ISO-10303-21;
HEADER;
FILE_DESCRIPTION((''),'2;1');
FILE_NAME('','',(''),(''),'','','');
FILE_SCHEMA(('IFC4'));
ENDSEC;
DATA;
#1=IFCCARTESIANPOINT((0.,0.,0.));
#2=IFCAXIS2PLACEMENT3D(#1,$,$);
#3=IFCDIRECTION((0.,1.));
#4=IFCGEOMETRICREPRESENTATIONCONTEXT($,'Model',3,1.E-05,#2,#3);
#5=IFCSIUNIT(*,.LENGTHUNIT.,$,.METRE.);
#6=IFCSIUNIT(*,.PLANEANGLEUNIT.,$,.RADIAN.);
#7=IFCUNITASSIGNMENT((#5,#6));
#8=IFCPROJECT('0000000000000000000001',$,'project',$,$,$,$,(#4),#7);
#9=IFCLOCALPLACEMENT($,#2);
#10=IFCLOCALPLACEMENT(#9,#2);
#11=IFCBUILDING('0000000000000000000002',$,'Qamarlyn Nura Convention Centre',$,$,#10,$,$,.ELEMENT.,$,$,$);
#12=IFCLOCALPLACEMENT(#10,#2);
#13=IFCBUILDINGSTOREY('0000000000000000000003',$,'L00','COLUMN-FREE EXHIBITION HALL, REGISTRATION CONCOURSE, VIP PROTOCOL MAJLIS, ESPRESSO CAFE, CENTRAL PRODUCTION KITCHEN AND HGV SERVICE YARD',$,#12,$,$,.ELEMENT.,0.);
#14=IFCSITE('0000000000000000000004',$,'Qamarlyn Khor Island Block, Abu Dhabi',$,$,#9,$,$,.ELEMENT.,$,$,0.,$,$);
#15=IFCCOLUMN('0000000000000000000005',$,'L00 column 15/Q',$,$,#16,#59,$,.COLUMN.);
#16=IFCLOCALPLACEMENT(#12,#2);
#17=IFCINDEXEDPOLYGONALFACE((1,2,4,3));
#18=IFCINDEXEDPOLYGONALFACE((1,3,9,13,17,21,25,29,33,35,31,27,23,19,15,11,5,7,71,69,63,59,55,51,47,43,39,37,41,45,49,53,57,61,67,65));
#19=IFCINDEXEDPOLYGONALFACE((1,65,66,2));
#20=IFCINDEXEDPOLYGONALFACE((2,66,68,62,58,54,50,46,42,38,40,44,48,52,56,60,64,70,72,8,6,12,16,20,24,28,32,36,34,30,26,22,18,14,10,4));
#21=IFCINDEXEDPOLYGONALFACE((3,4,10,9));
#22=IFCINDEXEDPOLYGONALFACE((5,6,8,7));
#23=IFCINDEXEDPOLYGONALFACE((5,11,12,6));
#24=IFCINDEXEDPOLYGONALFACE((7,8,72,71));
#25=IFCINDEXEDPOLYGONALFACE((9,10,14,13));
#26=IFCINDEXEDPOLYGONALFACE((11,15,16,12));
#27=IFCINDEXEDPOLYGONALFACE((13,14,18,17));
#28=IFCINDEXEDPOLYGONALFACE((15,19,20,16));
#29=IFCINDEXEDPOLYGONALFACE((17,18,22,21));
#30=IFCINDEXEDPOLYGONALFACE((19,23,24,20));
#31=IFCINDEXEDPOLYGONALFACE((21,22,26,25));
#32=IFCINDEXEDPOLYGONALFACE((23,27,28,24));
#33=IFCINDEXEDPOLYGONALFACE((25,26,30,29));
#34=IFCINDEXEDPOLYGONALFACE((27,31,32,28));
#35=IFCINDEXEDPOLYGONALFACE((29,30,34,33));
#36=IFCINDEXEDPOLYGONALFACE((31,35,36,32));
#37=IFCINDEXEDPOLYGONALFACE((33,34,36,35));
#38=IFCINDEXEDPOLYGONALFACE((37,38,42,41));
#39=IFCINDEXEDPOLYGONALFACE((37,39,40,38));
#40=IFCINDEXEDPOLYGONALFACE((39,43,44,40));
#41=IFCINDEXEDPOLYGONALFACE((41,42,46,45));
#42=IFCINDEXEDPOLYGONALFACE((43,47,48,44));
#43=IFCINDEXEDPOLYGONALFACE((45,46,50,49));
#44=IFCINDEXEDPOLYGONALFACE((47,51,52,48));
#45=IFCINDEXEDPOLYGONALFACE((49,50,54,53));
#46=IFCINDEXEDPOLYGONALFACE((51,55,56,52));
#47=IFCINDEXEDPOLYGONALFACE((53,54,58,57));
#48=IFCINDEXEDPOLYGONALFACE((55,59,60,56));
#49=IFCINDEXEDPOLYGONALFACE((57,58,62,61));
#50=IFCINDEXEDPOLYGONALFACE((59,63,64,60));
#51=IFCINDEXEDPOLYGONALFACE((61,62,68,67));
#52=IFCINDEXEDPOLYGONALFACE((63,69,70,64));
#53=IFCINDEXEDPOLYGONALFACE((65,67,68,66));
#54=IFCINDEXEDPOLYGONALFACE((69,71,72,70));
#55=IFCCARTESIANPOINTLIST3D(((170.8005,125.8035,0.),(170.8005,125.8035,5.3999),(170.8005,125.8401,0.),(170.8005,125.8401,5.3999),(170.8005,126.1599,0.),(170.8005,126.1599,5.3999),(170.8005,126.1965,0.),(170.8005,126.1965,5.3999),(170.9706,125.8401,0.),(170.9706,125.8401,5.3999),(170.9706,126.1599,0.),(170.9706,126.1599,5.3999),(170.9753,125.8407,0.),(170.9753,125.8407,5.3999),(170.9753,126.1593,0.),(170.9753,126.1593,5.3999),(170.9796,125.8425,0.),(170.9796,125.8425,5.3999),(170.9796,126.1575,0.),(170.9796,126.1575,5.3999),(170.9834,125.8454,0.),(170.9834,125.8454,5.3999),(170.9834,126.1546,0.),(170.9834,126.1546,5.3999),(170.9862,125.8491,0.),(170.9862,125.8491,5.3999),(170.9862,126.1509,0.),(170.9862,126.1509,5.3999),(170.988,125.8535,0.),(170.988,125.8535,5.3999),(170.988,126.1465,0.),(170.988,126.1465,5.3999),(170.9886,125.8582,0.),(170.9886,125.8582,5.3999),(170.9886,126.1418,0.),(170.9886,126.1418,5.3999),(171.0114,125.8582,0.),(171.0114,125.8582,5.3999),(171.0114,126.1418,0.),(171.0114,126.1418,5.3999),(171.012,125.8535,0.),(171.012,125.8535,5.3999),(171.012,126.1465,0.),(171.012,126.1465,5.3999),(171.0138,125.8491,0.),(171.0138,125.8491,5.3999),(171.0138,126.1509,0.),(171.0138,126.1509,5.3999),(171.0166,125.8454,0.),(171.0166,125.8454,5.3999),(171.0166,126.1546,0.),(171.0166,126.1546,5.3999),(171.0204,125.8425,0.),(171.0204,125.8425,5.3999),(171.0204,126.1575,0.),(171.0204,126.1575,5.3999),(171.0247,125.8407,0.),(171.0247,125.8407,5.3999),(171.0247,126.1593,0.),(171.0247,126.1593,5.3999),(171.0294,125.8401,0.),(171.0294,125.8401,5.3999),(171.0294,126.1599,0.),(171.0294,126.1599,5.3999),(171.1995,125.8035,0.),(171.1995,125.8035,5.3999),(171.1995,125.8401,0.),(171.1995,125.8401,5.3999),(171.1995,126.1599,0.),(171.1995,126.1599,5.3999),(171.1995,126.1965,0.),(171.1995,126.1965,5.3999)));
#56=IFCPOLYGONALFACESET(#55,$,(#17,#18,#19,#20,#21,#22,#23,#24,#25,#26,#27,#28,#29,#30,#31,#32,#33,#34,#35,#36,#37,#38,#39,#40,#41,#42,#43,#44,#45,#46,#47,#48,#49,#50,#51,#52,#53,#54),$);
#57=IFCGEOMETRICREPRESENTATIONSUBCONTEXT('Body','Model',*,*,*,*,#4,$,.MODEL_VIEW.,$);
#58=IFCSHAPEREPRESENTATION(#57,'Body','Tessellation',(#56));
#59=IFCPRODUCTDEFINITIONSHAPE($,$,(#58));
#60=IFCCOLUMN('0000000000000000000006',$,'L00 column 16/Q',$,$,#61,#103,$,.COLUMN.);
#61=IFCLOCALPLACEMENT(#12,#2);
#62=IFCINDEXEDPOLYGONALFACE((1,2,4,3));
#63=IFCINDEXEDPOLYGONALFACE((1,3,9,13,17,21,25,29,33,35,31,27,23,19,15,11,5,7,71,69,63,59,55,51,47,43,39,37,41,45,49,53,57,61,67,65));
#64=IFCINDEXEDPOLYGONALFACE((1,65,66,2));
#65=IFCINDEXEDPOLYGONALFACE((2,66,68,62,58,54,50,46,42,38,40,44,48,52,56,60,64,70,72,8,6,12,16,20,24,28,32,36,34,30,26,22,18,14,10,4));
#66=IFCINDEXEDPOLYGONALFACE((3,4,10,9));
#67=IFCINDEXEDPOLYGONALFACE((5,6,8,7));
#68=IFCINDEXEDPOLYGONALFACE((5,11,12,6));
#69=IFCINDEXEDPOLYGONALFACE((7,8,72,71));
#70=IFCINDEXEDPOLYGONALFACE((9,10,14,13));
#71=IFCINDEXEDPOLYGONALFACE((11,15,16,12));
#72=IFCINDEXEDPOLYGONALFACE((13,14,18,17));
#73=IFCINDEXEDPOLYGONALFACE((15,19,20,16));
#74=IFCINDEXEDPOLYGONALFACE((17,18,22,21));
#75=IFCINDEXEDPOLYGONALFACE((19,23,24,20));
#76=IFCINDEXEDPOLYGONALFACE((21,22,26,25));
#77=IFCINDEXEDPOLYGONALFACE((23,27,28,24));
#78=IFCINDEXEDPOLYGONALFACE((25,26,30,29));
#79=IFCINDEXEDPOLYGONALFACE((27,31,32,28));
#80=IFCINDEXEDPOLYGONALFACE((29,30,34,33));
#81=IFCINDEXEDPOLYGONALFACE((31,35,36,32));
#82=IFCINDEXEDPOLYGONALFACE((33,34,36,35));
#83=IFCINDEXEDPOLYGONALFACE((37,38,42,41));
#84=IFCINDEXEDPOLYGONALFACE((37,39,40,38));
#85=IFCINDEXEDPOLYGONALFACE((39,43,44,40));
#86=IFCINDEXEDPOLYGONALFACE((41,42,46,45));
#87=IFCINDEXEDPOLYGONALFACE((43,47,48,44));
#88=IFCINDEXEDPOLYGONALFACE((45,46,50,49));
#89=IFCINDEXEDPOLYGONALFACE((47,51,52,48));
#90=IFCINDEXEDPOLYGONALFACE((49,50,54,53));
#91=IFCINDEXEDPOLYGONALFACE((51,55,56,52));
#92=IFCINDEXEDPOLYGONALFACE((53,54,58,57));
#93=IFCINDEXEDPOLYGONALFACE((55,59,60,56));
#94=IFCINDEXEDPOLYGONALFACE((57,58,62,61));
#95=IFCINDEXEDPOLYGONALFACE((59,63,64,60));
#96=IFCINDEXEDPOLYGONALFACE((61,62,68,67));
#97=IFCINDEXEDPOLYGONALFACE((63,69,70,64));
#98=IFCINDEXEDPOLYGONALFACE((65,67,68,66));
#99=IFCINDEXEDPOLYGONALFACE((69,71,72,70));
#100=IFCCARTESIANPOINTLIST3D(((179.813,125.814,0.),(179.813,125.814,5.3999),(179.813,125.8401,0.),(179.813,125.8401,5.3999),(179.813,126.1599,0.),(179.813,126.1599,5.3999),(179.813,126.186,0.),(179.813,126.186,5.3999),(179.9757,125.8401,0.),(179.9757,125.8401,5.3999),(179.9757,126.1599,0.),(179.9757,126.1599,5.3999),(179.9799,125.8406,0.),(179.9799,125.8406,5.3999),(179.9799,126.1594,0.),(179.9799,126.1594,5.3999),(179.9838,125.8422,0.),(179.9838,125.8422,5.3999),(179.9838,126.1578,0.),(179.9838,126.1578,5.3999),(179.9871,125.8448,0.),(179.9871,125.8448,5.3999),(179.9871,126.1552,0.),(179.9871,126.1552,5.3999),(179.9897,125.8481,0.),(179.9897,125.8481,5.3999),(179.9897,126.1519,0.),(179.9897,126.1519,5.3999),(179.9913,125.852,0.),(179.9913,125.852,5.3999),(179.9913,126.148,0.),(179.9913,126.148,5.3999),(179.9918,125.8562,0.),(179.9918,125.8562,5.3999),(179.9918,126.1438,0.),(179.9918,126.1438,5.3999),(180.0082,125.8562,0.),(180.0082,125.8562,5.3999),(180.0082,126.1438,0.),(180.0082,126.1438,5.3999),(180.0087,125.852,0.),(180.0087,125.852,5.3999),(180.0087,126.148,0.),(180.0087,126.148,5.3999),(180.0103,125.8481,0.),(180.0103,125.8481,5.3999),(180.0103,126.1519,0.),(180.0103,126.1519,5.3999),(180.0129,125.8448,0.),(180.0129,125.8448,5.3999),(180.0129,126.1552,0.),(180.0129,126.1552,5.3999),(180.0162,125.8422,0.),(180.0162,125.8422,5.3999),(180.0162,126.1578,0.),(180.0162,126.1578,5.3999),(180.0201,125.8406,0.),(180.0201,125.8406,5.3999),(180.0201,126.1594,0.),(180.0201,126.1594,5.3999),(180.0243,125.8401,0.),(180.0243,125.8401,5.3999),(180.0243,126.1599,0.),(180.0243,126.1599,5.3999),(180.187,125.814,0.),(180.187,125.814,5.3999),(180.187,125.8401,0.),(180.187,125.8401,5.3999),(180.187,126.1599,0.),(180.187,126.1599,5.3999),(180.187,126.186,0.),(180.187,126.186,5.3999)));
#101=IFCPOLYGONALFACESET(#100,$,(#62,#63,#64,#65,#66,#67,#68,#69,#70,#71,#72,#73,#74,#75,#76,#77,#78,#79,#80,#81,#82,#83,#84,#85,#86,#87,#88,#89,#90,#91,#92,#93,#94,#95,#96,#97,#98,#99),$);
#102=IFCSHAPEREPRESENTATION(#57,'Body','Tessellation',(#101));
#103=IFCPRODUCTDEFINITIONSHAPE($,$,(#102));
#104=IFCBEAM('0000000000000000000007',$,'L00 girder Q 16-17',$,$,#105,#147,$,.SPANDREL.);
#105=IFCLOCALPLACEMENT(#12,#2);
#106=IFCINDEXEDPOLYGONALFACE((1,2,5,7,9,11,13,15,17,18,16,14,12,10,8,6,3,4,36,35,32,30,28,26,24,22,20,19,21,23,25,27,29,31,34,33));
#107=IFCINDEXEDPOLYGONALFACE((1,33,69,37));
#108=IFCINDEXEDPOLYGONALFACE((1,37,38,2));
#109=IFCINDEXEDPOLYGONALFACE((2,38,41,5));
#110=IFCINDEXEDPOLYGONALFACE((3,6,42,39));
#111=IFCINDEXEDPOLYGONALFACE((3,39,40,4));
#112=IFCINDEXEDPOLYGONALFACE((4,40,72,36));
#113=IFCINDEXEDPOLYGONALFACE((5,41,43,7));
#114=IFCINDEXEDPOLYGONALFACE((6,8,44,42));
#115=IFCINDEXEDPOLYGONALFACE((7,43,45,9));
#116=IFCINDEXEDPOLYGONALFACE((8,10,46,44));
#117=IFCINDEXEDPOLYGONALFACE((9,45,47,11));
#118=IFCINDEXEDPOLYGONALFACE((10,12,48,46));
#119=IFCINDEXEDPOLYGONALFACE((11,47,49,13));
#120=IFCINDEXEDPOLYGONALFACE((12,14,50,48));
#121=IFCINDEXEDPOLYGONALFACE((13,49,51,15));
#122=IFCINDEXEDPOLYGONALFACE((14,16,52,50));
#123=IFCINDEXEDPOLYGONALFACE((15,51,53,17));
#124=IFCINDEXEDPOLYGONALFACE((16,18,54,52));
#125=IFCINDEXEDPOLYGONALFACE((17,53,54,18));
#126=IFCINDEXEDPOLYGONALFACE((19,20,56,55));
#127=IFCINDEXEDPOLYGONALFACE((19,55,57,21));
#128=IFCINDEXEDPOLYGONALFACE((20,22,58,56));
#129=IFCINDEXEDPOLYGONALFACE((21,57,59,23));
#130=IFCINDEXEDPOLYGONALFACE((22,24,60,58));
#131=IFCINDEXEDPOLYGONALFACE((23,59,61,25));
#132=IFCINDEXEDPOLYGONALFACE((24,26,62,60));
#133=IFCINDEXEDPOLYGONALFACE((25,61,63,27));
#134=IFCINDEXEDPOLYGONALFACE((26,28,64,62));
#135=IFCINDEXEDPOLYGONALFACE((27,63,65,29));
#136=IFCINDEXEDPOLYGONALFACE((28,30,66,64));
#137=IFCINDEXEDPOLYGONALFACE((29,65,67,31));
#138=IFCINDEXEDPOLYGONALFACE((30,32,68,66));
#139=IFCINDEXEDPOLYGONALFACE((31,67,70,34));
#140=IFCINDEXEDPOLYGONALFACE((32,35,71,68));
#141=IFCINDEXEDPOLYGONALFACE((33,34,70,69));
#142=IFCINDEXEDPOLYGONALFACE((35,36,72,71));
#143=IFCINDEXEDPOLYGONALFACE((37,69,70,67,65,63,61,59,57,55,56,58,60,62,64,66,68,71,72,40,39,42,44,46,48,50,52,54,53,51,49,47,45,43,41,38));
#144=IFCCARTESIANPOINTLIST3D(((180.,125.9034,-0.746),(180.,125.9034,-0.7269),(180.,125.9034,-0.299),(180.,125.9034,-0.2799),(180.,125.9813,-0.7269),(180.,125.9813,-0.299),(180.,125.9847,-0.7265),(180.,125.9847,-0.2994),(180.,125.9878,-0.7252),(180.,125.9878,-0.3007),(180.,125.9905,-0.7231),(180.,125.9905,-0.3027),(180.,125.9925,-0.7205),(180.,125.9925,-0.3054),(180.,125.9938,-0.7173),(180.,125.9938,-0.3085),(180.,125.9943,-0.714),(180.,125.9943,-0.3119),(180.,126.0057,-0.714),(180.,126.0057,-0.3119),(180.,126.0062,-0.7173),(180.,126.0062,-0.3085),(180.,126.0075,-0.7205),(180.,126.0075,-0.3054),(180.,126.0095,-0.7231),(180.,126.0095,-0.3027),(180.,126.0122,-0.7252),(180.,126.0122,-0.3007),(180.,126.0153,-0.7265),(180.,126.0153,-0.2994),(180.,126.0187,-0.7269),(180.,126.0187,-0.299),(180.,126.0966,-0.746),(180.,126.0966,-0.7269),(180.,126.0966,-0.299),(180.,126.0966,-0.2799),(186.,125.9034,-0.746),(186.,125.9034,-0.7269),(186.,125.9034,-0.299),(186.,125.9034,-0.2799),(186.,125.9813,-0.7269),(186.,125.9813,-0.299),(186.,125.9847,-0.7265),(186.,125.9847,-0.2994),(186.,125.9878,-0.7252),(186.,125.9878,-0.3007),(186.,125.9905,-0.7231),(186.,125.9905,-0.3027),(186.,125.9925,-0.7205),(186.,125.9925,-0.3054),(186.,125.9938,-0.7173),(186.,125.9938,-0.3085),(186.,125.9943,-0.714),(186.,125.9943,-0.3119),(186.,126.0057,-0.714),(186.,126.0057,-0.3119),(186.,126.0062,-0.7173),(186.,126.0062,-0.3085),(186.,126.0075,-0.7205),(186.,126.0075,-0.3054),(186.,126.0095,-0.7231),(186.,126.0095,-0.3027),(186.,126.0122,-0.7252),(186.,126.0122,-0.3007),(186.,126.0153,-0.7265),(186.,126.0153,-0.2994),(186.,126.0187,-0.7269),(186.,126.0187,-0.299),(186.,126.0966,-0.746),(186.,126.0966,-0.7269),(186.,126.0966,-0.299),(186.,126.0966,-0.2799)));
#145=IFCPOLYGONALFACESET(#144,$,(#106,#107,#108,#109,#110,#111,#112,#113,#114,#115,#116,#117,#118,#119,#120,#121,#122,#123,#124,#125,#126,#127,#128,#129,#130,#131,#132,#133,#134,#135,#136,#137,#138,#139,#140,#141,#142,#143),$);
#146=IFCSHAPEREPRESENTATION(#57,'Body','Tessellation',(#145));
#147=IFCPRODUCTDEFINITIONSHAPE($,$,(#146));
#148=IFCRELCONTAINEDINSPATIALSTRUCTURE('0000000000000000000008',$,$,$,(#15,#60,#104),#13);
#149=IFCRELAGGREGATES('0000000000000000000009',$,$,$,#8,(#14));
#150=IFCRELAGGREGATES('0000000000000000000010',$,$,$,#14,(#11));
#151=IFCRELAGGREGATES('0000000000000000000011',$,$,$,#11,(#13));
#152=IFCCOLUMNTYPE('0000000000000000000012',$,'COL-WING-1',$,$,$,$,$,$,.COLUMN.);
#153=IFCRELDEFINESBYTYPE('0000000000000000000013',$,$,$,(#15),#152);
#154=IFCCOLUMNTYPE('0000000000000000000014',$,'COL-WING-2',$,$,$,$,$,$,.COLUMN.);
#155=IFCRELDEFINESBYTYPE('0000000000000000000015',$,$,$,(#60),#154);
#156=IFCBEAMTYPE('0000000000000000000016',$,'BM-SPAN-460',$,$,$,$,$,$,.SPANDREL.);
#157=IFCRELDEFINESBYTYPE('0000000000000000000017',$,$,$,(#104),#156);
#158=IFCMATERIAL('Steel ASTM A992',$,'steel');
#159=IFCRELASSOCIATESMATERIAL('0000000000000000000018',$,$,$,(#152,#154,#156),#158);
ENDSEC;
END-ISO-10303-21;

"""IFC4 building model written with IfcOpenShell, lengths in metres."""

from ifc_helpers import new_model, si_unit, direction, frame, origin, origin_2d, place, context, subcontext, project, spatial, i_section, extrude, material, material_profile, profile_set, type_object, element, save


model = new_model("IFC4")

# Units and contexts
model_context = context("Model", 3, precision=1e-05, world=origin(), true_north=direction((0.0, 1.0)))
body_context = subcontext(model_context, "Body", "Model", "MODEL_VIEW")
ifc_project = project(units=[si_unit("LENGTHUNIT", "METRE"), si_unit("PLANEANGLEUNIT", "RADIAN")], contexts=[model_context])

# Site, building, storey
site_placement = place(None, origin())
site = spatial("IfcSite", under=ifc_project, at=site_placement, Name="Qamarlyn Khor Island Block, Abu Dhabi", CompositionType="ELEMENT", RefElevation=0.0)
building_placement = place(site_placement, origin())
building = spatial("IfcBuilding", under=site, at=building_placement, Name="Qamarlyn Nura Convention Centre", CompositionType="ELEMENT")
storey_placement = place(building_placement, origin())
storey = spatial("IfcBuildingStorey", under=building, at=storey_placement, Name="L00", Description="COLUMN-FREE EXHIBITION HALL, REGISTRATION CONCOURSE, VIP PROTOCOL MAJLIS, ESPRESSO CAFE, CENTRAL PRODUCTION KITCHEN AND HGV SERVICE YARD", CompositionType="ELEMENT", Elevation=0.0)

# Columns
ifc_material_1 = material(Name="Steel ASTM A992", Category="steel")
ifc_material_profile_1 = material_profile(ifc_material_1, i_section(OverallWidth=0.3989, OverallDepth=0.3931, WebThickness=0.0227, FlangeThickness=0.0366, FilletRadius=0.0181, at=origin_2d()), Name="W360X287")
ifc_profile_set_1 = profile_set([ifc_material_profile_1], Name="Steel ASTM A992")
column_type_1 = type_object("IfcColumnType", Name="COL-WING-1", PredefinedType="COLUMN", material=ifc_profile_set_1)
column_1_placement = place(storey_placement, frame((171.0, 126.0, 0.0), z_axis=(0.0, 0.0, 1.0), x_axis=(1.0, 0.0, 0.0)))
element("IfcColumn", 1, at=column_1_placement, inside=storey, type_object=column_type_1, Name="L00 column 15/Q", PredefinedType="COLUMN", context=body_context, shape_type="SweptSolid", body=[
    extrude(i_section(OverallWidth=0.3989, OverallDepth=0.3931, WebThickness=0.0227, FlangeThickness=0.0366, FilletRadius=0.0181, at=origin_2d()), origin(), (0.0, 0.0, 1.0), 5.3999),
])
ifc_material_profile_2 = material_profile(ifc_material_1, i_section(OverallWidth=0.374, OverallDepth=0.3721, WebThickness=0.0164, FlangeThickness=0.0261, FilletRadius=0.0161, at=origin_2d()), Name="W360X196")
ifc_profile_set_2 = profile_set([ifc_material_profile_2], Name="Steel ASTM A992")
column_type_2 = type_object("IfcColumnType", Name="COL-WING-2", PredefinedType="COLUMN", material=ifc_profile_set_2)
column_2_placement = place(storey_placement, frame((180.0, 126.0, 0.0), z_axis=(0.0, 0.0, 1.0), x_axis=(1.0, 0.0, 0.0)))
element("IfcColumn", 2, at=column_2_placement, inside=storey, type_object=column_type_2, Name="L00 column 16/Q", PredefinedType="COLUMN", context=body_context, shape_type="SweptSolid", body=[
    extrude(i_section(OverallWidth=0.374, OverallDepth=0.3721, WebThickness=0.0164, FlangeThickness=0.0261, FilletRadius=0.0161, at=origin_2d()), origin(), (0.0, 0.0, 1.0), 5.3999),
])

# Beam
ifc_material_profile_3 = material_profile(ifc_material_1, i_section(OverallWidth=0.1931, OverallDepth=0.4661, WebThickness=0.0115, FlangeThickness=0.019, FilletRadius=0.0129, at=origin_2d()), Name="W460X97")
ifc_profile_set_3 = profile_set([ifc_material_profile_3], Name="Steel ASTM A992")
beam_type_1 = type_object("IfcBeamType", Name="BM-SPAN-460", PredefinedType="SPANDREL", material=ifc_profile_set_3)
beam_1_placement = place(storey_placement, frame((180.0, 126.0, -0.5129), z_axis=(1.0, 0.0, 0.0), x_axis=(0.0, 1.0, 0.0)))
element("IfcBeam", 3, at=beam_1_placement, inside=storey, type_object=beam_type_1, Name="L00 girder Q 16-17", PredefinedType="SPANDREL", context=body_context, shape_type="SweptSolid", body=[
    extrude(i_section(OverallWidth=0.1931, OverallDepth=0.4661, WebThickness=0.0115, FlangeThickness=0.019, FilletRadius=0.0129, at=origin_2d()), origin(), (0.0, 0.0, 1.0), 6.0),
])

save(model, "model.ifc")
